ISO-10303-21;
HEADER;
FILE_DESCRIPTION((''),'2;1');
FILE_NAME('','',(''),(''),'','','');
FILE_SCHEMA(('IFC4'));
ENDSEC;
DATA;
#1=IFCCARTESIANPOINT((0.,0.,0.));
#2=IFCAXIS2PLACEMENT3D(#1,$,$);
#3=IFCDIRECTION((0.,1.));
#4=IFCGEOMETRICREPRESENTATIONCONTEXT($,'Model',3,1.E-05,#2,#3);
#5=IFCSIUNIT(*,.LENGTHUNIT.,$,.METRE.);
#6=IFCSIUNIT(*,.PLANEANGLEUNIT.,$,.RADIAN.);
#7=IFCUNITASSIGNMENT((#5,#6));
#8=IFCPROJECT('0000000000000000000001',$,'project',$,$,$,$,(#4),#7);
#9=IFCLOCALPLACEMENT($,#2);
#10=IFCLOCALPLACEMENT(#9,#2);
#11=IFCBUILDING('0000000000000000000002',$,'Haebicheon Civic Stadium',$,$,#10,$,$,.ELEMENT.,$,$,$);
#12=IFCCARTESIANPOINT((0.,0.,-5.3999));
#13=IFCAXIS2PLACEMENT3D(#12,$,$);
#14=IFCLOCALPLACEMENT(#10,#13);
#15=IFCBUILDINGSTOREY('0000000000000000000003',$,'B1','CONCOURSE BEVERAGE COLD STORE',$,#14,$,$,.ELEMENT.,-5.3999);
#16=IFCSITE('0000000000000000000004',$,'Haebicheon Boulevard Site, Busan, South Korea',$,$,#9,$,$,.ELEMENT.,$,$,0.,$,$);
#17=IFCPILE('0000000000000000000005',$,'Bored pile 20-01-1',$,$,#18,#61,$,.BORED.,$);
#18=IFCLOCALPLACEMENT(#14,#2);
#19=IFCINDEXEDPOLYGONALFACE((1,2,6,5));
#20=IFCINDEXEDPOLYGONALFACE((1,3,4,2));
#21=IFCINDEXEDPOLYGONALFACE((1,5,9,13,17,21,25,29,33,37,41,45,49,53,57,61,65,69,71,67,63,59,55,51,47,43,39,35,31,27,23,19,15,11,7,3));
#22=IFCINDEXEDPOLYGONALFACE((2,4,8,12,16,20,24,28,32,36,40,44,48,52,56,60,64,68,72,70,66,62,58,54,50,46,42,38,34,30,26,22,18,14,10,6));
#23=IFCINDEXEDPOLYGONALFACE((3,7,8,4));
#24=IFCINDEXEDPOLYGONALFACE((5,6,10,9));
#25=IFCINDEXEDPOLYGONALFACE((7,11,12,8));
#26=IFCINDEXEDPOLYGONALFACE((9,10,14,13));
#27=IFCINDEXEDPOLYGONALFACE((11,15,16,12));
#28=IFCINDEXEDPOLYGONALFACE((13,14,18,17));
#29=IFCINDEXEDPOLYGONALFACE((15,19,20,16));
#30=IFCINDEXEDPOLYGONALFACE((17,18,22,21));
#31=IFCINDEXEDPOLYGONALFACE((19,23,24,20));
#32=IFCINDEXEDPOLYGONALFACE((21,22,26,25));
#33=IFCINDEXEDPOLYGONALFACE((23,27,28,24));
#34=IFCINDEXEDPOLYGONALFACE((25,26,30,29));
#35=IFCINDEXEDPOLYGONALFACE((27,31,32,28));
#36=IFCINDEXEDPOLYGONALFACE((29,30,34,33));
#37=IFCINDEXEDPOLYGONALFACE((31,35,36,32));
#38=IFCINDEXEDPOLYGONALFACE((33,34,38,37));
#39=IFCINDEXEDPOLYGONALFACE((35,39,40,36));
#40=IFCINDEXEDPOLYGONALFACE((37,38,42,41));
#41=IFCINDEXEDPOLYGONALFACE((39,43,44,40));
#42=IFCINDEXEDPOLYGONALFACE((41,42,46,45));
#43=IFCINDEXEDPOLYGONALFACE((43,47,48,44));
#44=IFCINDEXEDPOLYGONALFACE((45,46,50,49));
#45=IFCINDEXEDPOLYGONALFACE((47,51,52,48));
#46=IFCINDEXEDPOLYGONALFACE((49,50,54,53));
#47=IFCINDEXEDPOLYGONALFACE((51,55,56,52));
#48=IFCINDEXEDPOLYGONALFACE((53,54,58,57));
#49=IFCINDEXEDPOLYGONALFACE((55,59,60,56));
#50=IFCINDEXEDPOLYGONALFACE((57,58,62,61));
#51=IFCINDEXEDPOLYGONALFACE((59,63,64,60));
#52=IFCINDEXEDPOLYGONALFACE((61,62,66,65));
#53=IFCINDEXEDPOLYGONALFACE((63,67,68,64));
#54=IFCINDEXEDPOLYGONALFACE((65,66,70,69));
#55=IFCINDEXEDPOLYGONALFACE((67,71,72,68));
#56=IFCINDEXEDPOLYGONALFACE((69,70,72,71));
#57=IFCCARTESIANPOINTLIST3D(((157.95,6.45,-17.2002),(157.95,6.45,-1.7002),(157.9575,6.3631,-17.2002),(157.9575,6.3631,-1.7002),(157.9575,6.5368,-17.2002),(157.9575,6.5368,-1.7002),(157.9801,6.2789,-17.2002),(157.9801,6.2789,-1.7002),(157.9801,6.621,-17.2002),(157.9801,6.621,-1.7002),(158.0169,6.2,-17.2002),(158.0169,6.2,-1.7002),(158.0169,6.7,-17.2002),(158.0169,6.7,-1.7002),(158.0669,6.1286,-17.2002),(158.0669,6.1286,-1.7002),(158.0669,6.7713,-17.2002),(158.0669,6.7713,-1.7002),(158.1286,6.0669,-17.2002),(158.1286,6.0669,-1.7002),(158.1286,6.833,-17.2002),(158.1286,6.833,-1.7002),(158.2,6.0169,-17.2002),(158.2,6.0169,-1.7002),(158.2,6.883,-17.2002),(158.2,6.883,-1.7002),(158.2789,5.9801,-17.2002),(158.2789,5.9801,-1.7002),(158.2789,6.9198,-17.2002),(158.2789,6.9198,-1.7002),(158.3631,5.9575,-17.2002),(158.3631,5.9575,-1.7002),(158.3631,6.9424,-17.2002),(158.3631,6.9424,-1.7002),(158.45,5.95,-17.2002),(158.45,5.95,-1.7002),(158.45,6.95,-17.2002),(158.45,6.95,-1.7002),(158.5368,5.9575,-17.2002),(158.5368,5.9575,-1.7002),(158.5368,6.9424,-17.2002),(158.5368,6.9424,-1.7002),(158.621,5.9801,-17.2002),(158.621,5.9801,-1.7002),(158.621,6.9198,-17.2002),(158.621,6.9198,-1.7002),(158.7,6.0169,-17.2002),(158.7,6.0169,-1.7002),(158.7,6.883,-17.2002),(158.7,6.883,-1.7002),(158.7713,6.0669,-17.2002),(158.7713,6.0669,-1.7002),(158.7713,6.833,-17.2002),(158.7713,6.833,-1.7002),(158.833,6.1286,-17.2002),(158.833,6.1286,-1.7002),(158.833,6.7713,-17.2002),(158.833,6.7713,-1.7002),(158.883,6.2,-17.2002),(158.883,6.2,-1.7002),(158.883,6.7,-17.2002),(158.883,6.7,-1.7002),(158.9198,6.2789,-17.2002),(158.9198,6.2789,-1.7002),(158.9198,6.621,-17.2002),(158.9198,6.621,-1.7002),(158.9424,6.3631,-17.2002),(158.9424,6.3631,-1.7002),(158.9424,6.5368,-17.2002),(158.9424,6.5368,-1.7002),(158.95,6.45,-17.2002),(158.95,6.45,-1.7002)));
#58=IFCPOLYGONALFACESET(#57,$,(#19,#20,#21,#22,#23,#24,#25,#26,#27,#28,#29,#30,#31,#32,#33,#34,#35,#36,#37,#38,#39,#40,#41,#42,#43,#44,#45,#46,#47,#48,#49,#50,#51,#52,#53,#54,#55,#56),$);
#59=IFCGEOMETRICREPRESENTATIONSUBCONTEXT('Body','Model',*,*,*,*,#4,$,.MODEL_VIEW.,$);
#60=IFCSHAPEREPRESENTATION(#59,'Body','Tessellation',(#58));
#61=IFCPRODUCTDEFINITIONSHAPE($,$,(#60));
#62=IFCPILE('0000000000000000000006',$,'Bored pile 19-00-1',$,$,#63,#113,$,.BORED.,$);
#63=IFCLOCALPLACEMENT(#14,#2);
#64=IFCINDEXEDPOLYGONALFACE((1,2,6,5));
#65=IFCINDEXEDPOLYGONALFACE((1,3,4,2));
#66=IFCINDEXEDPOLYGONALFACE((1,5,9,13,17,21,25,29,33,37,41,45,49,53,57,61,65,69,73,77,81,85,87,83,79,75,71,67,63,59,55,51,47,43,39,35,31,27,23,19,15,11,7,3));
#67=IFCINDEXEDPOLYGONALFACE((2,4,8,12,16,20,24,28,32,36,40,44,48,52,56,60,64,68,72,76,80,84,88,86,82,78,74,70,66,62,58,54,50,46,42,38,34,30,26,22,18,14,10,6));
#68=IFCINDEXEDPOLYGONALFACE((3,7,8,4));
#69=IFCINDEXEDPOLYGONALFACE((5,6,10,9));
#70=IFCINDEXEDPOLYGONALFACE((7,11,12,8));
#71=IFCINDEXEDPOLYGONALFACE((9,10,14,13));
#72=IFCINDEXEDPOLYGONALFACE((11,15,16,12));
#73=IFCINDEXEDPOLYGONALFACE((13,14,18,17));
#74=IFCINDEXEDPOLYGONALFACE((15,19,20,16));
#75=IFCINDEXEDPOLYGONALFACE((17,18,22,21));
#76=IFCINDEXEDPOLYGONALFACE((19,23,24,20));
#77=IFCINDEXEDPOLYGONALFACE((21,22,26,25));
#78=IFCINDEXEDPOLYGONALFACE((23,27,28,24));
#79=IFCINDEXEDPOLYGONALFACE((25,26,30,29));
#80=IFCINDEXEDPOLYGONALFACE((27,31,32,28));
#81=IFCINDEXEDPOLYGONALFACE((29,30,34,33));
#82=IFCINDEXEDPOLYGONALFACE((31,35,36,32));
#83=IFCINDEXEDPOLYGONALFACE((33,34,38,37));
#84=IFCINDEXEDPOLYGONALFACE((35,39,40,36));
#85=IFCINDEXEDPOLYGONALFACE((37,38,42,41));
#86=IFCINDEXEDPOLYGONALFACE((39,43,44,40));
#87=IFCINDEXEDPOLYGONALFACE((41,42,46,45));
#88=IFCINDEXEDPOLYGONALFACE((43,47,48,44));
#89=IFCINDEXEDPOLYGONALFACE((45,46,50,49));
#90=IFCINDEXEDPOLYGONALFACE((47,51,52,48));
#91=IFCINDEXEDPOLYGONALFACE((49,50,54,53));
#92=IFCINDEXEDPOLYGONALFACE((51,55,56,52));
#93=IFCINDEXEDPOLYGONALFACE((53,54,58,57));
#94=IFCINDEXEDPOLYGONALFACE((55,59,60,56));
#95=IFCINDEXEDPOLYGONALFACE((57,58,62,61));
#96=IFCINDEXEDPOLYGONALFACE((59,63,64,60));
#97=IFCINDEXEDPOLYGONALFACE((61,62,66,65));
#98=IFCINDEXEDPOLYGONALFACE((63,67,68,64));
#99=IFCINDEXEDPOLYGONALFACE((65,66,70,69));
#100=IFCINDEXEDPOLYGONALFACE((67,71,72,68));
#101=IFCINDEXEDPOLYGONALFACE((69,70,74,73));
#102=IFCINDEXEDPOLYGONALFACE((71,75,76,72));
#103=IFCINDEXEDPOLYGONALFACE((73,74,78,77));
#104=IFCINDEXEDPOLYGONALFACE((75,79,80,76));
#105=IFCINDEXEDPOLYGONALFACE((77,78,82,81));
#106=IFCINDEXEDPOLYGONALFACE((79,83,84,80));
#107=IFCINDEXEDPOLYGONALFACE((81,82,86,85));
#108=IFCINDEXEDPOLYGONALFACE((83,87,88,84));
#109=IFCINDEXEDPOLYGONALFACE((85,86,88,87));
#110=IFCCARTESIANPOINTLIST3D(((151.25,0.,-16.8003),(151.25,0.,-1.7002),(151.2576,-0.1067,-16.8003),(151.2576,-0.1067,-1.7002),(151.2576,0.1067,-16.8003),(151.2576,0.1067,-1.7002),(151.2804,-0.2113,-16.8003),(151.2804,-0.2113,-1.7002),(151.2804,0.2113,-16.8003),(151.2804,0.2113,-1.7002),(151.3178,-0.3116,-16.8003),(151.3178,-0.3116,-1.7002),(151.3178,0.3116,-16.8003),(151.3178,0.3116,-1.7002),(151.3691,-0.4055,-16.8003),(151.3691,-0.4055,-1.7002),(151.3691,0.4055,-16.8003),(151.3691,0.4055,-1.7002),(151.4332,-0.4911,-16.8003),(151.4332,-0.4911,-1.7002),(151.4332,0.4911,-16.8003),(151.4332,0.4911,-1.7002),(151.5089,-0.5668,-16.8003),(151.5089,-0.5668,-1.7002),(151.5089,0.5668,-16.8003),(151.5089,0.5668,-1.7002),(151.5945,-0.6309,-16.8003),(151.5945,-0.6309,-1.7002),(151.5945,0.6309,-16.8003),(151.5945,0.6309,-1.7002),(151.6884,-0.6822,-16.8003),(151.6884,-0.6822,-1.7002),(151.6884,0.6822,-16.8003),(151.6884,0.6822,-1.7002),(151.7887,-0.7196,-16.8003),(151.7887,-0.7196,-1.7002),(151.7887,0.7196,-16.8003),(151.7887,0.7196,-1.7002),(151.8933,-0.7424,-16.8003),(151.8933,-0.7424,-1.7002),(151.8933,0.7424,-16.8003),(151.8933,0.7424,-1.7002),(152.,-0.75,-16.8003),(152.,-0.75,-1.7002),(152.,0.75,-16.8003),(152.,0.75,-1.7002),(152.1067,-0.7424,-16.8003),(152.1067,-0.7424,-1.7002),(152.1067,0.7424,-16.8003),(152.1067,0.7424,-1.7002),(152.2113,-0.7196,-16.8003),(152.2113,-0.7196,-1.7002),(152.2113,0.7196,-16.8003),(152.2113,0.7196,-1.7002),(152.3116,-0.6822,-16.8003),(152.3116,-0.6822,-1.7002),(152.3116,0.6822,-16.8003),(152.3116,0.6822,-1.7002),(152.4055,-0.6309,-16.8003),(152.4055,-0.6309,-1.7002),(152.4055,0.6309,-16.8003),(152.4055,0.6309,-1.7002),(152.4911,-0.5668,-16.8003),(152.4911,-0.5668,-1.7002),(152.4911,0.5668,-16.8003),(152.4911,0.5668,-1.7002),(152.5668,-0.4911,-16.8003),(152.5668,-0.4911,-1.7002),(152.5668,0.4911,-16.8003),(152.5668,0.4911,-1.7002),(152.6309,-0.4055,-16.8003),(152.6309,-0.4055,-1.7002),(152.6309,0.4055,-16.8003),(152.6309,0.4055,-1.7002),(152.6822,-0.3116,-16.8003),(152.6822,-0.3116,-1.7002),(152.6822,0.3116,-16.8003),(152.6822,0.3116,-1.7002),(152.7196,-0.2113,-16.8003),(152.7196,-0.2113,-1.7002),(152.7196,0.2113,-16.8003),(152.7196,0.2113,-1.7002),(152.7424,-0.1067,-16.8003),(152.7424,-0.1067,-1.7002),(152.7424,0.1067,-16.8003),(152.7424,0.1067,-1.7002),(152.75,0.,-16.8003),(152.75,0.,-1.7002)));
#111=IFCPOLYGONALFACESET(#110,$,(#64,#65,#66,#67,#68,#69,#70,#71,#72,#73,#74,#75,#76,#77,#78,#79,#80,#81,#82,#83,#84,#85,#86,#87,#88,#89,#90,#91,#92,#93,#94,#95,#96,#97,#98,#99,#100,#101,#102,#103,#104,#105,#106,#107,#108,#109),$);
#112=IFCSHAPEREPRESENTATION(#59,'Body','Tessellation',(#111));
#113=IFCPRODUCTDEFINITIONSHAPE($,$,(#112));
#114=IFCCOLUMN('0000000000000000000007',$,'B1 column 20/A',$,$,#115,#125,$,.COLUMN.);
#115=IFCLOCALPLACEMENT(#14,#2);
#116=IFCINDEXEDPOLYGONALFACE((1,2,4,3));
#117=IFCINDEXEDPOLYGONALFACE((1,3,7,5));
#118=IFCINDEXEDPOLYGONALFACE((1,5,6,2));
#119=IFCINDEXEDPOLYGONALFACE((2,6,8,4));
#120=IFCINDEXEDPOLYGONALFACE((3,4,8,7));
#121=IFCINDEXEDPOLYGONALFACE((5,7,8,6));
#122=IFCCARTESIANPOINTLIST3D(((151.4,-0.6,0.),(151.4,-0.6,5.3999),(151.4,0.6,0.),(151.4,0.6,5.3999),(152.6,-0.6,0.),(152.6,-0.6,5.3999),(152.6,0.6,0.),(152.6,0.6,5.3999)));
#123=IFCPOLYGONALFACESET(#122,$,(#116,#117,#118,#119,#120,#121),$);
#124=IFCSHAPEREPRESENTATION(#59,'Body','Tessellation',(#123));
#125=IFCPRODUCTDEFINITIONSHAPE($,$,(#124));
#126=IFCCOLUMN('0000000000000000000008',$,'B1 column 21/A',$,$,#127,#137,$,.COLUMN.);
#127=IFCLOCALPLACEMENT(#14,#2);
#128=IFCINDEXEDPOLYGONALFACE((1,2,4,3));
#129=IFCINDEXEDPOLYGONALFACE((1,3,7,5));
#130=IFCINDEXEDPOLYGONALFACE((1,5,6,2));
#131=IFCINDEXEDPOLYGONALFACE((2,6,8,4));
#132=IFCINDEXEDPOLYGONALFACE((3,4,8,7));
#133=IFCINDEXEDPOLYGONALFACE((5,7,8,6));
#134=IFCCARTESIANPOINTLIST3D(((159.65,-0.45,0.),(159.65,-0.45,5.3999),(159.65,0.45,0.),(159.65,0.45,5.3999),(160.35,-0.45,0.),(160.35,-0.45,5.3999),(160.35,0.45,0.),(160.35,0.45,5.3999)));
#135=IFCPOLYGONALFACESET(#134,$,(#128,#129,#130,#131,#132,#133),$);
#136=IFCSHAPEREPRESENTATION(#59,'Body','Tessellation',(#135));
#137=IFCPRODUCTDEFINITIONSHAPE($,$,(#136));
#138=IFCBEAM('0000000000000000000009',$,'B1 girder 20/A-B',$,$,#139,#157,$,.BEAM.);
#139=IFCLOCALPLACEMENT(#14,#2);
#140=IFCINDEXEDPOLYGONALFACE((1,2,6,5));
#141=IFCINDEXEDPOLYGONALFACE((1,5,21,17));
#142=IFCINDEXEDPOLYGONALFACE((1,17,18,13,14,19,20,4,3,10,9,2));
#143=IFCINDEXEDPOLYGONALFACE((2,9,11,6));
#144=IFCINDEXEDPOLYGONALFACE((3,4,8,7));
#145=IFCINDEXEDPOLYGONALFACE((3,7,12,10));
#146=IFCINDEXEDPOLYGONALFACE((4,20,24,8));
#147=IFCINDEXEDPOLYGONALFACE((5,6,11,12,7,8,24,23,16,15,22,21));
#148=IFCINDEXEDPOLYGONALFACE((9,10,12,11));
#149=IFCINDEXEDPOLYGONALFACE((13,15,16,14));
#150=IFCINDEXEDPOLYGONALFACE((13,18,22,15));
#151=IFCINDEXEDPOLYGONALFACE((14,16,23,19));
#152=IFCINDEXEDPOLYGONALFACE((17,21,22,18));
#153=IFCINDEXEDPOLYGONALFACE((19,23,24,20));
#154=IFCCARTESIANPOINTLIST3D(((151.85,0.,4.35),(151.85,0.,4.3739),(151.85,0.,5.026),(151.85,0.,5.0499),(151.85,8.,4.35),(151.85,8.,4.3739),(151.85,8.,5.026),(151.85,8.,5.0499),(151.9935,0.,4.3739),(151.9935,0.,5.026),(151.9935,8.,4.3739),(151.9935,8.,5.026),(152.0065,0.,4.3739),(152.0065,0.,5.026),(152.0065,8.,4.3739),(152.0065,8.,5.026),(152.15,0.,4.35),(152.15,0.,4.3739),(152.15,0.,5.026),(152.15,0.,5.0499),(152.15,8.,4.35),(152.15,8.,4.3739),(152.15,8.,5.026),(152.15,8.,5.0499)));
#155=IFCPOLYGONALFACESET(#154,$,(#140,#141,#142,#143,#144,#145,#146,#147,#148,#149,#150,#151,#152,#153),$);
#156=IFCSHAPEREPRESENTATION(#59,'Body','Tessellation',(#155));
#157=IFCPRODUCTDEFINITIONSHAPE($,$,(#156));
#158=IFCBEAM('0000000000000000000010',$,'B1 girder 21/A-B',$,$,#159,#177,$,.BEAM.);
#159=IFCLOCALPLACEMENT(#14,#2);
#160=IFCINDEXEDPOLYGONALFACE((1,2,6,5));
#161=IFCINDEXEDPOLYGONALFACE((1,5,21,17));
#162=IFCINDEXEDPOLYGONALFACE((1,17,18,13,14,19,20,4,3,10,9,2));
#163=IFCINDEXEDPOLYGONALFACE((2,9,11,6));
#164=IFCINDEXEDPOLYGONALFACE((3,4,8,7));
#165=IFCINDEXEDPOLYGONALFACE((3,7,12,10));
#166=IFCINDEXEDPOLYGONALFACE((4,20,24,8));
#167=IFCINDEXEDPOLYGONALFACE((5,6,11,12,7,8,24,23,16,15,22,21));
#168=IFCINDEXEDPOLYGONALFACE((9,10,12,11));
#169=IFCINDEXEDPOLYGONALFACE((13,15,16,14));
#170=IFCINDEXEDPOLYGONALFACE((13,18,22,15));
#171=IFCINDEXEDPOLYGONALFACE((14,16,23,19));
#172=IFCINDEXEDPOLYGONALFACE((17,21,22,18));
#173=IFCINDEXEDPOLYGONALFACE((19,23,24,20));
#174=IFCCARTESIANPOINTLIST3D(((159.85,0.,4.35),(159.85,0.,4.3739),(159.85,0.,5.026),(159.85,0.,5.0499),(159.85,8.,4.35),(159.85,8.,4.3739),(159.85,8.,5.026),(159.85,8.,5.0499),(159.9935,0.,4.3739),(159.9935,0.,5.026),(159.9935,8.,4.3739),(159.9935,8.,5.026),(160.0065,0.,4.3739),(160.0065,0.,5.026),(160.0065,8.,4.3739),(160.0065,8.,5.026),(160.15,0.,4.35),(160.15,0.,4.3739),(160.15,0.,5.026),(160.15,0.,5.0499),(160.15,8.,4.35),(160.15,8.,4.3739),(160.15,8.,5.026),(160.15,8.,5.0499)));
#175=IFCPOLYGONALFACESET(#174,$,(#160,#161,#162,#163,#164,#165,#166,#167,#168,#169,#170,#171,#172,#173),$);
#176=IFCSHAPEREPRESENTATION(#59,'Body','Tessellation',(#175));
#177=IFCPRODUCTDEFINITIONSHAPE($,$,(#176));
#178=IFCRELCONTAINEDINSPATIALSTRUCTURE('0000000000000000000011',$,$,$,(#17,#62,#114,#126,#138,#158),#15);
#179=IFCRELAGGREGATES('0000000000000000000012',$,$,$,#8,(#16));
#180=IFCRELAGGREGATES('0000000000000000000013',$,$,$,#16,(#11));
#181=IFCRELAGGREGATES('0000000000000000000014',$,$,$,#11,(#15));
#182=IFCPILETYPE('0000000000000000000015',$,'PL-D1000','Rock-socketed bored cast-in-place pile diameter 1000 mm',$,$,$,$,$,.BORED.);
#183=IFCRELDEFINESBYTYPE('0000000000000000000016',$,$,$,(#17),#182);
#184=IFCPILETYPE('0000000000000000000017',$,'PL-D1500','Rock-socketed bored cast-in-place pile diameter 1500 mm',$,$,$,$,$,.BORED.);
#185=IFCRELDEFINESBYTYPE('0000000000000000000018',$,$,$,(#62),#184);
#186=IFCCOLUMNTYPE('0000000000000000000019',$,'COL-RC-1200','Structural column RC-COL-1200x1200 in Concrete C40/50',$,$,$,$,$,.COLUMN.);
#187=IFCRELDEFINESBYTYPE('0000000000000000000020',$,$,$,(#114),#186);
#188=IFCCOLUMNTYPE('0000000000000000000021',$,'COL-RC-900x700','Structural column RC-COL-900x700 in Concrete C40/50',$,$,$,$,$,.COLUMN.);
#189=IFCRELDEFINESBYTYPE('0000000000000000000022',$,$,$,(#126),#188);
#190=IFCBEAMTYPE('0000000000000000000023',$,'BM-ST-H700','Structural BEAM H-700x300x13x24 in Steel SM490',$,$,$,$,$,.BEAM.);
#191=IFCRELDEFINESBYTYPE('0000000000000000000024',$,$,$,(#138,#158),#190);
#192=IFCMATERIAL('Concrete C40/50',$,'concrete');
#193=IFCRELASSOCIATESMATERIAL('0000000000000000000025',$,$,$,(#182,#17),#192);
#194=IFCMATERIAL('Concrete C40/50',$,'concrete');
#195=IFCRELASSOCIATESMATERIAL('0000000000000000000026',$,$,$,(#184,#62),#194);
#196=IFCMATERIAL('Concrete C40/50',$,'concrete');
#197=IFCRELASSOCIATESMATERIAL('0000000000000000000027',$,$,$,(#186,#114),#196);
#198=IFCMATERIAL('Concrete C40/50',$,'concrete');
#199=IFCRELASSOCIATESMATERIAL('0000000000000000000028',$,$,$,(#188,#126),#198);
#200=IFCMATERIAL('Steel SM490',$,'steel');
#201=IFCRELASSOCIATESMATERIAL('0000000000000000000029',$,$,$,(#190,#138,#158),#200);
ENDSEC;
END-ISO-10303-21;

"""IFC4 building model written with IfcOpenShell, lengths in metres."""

from ifc_helpers import new_model, si_unit, direction, frame, origin, origin_2d, place, context, subcontext, project, spatial, rectangle, circle, i_section, extrude, material, material_profile, profile_set, type_object, element, save


model = new_model("IFC4")

# Units and contexts
model_context = context("Model", 3, precision=1e-05, world=origin(), true_north=direction((0.0, 1.0)))
body_context = subcontext(model_context, "Body", "Model", "MODEL_VIEW")
ifc_project = project(units=[si_unit("LENGTHUNIT", "METRE"), si_unit("PLANEANGLEUNIT", "RADIAN")], contexts=[model_context])

# Site, building, storey
site_placement = place(None, origin())
site = spatial("IfcSite", under=ifc_project, at=site_placement, Name="Haebicheon Boulevard Site, Busan, South Korea", CompositionType="ELEMENT", RefElevation=0.0)
building_placement = place(site_placement, origin())
building = spatial("IfcBuilding", under=site, at=building_placement, Name="Haebicheon Civic Stadium", CompositionType="ELEMENT")
storey_placement = place(building_placement, frame((0.0, 0.0, -5.3999)))
storey = spatial("IfcBuildingStorey", under=building, at=storey_placement, Name="B1", Description="CONCOURSE BEVERAGE COLD STORE", CompositionType="ELEMENT", Elevation=-5.3999)

# Piles
ifc_material_1 = material(Name="Concrete C40/50", Category="concrete")
ifc_material_profile_1 = material_profile(ifc_material_1, circle(Radius=0.5, at=origin_2d()), Name="PILE-D1000")
ifc_profile_set_1 = profile_set([ifc_material_profile_1], Name="Concrete C40/50")
pile_type_1 = type_object("IfcPileType", Name="PL-D1000", Description="Rock-socketed bored cast-in-place pile diameter 1000 mm", PredefinedType="BORED", material=ifc_profile_set_1)
for number, where, z_axis, x_axis, name in (
    (1, (158.45, 6.45, -1.7002), (0.0, 0.0, -1.0), (1.0, 0.0, 0.0), "Bored pile 20-01-1"),
):
    element("IfcPile", number, at=place(storey_placement, frame(where, z_axis=z_axis, x_axis=x_axis)), inside=storey, type_object=pile_type_1, material=ifc_profile_set_1, Name=name, PredefinedType="BORED", context=body_context, shape_type="SweptSolid", body=[
        extrude(circle(Radius=0.5, at=origin_2d()), origin(), (0.0, 0.0, 1.0), 15.5),
    ])
ifc_material_2 = material(Name="Concrete C40/50", Category="concrete")
ifc_material_profile_2 = material_profile(ifc_material_2, circle(Radius=0.75, at=origin_2d()), Name="PILE-D1500")
ifc_profile_set_2 = profile_set([ifc_material_profile_2], Name="Concrete C40/50")
pile_type_2 = type_object("IfcPileType", Name="PL-D1500", Description="Rock-socketed bored cast-in-place pile diameter 1500 mm", PredefinedType="BORED", material=ifc_profile_set_2)
pile_placement = place(storey_placement, frame((152.0, 0.0, -1.7002), z_axis=(0.0, 0.0, -1.0), x_axis=(1.0, 0.0, 0.0)))
element("IfcPile", 2, at=pile_placement, inside=storey, type_object=pile_type_2, material=ifc_profile_set_2, Name="Bored pile 19-00-1", PredefinedType="BORED", context=body_context, shape_type="SweptSolid", body=[
    extrude(circle(Radius=0.75, at=origin_2d()), origin(), (0.0, 0.0, 1.0), 15.1001),
])

# Columns
ifc_material_3 = material(Name="Concrete C40/50", Category="concrete")
ifc_material_profile_3 = material_profile(ifc_material_3, rectangle(XDim=1.2, YDim=1.2, at=origin_2d()), Name="RC-COL-1200x1200")
ifc_profile_set_3 = profile_set([ifc_material_profile_3], Name="Concrete C40/50")
column_type_1 = type_object("IfcColumnType", Name="COL-RC-1200", Description="Structural column RC-COL-1200x1200 in Concrete C40/50", PredefinedType="COLUMN", material=ifc_profile_set_3)
column_1_placement = place(storey_placement, frame((152.0, 0.0, 0.0), z_axis=(0.0, 0.0, 1.0), x_axis=(1.0, 0.0, 0.0)))
element("IfcColumn", 3, at=column_1_placement, inside=storey, type_object=column_type_1, material=ifc_profile_set_3, Name="B1 column 20/A", PredefinedType="COLUMN", context=body_context, shape_type="SweptSolid", body=[
    extrude(rectangle(XDim=1.2, YDim=1.2, at=origin_2d()), origin(), (0.0, 0.0, 1.0), 5.3999),
])
ifc_material_4 = material(Name="Concrete C40/50", Category="concrete")
ifc_material_profile_4 = material_profile(ifc_material_4, rectangle(XDim=0.7, YDim=0.8999, at=origin_2d()), Name="RC-COL-900x700")
ifc_profile_set_4 = profile_set([ifc_material_profile_4], Name="Concrete C40/50")
column_type_2 = type_object("IfcColumnType", Name="COL-RC-900x700", Description="Structural column RC-COL-900x700 in Concrete C40/50", PredefinedType="COLUMN", material=ifc_profile_set_4)
column_2_placement = place(storey_placement, frame((160.0, 0.0, 0.0), z_axis=(0.0, 0.0, 1.0), x_axis=(1.0, 0.0, 0.0)))
element("IfcColumn", 4, at=column_2_placement, inside=storey, type_object=column_type_2, material=ifc_profile_set_4, Name="B1 column 21/A", PredefinedType="COLUMN", context=body_context, shape_type="SweptSolid", body=[
    extrude(rectangle(XDim=0.7, YDim=0.8999, at=origin_2d()), origin(), (0.0, 0.0, 1.0), 5.3999),
])

# Beams
ifc_material_5 = material(Name="Steel SM490", Category="steel")
ifc_material_profile_5 = material_profile(ifc_material_5, i_section(OverallWidth=0.3, OverallDepth=0.7, WebThickness=0.0129, FlangeThickness=0.0239, at=origin_2d()), Name="H-700x300x13x24")
ifc_profile_set_5 = profile_set([ifc_material_profile_5], Name="Steel SM490")
beam_type_1 = type_object("IfcBeamType", Name="BM-ST-H700", Description="Structural BEAM H-700x300x13x24 in Steel SM490", PredefinedType="BEAM", material=ifc_profile_set_5)
for number, where, z_axis, x_axis, name in (
    (5, (152.0, 0.0, 4.7), (0.0, 1.0, 0.0), (-1.0, 0.0, 0.0), "B1 girder 20/A-B"),
    (6, (160.0, 0.0, 4.7), (0.0, 1.0, 0.0), (-1.0, 0.0, 0.0), "B1 girder 21/A-B"),
):
    element("IfcBeam", number, at=place(storey_placement, frame(where, z_axis=z_axis, x_axis=x_axis)), inside=storey, type_object=beam_type_1, material=ifc_profile_set_5, Name=name, PredefinedType="BEAM", context=body_context, shape_type="SweptSolid", body=[
        extrude(i_section(OverallWidth=0.3, OverallDepth=0.7, WebThickness=0.0129, FlangeThickness=0.0239, at=origin_2d()), origin(), (0.0, 0.0, 1.0), 8.0),
    ])

save(model, "model.ifc")
